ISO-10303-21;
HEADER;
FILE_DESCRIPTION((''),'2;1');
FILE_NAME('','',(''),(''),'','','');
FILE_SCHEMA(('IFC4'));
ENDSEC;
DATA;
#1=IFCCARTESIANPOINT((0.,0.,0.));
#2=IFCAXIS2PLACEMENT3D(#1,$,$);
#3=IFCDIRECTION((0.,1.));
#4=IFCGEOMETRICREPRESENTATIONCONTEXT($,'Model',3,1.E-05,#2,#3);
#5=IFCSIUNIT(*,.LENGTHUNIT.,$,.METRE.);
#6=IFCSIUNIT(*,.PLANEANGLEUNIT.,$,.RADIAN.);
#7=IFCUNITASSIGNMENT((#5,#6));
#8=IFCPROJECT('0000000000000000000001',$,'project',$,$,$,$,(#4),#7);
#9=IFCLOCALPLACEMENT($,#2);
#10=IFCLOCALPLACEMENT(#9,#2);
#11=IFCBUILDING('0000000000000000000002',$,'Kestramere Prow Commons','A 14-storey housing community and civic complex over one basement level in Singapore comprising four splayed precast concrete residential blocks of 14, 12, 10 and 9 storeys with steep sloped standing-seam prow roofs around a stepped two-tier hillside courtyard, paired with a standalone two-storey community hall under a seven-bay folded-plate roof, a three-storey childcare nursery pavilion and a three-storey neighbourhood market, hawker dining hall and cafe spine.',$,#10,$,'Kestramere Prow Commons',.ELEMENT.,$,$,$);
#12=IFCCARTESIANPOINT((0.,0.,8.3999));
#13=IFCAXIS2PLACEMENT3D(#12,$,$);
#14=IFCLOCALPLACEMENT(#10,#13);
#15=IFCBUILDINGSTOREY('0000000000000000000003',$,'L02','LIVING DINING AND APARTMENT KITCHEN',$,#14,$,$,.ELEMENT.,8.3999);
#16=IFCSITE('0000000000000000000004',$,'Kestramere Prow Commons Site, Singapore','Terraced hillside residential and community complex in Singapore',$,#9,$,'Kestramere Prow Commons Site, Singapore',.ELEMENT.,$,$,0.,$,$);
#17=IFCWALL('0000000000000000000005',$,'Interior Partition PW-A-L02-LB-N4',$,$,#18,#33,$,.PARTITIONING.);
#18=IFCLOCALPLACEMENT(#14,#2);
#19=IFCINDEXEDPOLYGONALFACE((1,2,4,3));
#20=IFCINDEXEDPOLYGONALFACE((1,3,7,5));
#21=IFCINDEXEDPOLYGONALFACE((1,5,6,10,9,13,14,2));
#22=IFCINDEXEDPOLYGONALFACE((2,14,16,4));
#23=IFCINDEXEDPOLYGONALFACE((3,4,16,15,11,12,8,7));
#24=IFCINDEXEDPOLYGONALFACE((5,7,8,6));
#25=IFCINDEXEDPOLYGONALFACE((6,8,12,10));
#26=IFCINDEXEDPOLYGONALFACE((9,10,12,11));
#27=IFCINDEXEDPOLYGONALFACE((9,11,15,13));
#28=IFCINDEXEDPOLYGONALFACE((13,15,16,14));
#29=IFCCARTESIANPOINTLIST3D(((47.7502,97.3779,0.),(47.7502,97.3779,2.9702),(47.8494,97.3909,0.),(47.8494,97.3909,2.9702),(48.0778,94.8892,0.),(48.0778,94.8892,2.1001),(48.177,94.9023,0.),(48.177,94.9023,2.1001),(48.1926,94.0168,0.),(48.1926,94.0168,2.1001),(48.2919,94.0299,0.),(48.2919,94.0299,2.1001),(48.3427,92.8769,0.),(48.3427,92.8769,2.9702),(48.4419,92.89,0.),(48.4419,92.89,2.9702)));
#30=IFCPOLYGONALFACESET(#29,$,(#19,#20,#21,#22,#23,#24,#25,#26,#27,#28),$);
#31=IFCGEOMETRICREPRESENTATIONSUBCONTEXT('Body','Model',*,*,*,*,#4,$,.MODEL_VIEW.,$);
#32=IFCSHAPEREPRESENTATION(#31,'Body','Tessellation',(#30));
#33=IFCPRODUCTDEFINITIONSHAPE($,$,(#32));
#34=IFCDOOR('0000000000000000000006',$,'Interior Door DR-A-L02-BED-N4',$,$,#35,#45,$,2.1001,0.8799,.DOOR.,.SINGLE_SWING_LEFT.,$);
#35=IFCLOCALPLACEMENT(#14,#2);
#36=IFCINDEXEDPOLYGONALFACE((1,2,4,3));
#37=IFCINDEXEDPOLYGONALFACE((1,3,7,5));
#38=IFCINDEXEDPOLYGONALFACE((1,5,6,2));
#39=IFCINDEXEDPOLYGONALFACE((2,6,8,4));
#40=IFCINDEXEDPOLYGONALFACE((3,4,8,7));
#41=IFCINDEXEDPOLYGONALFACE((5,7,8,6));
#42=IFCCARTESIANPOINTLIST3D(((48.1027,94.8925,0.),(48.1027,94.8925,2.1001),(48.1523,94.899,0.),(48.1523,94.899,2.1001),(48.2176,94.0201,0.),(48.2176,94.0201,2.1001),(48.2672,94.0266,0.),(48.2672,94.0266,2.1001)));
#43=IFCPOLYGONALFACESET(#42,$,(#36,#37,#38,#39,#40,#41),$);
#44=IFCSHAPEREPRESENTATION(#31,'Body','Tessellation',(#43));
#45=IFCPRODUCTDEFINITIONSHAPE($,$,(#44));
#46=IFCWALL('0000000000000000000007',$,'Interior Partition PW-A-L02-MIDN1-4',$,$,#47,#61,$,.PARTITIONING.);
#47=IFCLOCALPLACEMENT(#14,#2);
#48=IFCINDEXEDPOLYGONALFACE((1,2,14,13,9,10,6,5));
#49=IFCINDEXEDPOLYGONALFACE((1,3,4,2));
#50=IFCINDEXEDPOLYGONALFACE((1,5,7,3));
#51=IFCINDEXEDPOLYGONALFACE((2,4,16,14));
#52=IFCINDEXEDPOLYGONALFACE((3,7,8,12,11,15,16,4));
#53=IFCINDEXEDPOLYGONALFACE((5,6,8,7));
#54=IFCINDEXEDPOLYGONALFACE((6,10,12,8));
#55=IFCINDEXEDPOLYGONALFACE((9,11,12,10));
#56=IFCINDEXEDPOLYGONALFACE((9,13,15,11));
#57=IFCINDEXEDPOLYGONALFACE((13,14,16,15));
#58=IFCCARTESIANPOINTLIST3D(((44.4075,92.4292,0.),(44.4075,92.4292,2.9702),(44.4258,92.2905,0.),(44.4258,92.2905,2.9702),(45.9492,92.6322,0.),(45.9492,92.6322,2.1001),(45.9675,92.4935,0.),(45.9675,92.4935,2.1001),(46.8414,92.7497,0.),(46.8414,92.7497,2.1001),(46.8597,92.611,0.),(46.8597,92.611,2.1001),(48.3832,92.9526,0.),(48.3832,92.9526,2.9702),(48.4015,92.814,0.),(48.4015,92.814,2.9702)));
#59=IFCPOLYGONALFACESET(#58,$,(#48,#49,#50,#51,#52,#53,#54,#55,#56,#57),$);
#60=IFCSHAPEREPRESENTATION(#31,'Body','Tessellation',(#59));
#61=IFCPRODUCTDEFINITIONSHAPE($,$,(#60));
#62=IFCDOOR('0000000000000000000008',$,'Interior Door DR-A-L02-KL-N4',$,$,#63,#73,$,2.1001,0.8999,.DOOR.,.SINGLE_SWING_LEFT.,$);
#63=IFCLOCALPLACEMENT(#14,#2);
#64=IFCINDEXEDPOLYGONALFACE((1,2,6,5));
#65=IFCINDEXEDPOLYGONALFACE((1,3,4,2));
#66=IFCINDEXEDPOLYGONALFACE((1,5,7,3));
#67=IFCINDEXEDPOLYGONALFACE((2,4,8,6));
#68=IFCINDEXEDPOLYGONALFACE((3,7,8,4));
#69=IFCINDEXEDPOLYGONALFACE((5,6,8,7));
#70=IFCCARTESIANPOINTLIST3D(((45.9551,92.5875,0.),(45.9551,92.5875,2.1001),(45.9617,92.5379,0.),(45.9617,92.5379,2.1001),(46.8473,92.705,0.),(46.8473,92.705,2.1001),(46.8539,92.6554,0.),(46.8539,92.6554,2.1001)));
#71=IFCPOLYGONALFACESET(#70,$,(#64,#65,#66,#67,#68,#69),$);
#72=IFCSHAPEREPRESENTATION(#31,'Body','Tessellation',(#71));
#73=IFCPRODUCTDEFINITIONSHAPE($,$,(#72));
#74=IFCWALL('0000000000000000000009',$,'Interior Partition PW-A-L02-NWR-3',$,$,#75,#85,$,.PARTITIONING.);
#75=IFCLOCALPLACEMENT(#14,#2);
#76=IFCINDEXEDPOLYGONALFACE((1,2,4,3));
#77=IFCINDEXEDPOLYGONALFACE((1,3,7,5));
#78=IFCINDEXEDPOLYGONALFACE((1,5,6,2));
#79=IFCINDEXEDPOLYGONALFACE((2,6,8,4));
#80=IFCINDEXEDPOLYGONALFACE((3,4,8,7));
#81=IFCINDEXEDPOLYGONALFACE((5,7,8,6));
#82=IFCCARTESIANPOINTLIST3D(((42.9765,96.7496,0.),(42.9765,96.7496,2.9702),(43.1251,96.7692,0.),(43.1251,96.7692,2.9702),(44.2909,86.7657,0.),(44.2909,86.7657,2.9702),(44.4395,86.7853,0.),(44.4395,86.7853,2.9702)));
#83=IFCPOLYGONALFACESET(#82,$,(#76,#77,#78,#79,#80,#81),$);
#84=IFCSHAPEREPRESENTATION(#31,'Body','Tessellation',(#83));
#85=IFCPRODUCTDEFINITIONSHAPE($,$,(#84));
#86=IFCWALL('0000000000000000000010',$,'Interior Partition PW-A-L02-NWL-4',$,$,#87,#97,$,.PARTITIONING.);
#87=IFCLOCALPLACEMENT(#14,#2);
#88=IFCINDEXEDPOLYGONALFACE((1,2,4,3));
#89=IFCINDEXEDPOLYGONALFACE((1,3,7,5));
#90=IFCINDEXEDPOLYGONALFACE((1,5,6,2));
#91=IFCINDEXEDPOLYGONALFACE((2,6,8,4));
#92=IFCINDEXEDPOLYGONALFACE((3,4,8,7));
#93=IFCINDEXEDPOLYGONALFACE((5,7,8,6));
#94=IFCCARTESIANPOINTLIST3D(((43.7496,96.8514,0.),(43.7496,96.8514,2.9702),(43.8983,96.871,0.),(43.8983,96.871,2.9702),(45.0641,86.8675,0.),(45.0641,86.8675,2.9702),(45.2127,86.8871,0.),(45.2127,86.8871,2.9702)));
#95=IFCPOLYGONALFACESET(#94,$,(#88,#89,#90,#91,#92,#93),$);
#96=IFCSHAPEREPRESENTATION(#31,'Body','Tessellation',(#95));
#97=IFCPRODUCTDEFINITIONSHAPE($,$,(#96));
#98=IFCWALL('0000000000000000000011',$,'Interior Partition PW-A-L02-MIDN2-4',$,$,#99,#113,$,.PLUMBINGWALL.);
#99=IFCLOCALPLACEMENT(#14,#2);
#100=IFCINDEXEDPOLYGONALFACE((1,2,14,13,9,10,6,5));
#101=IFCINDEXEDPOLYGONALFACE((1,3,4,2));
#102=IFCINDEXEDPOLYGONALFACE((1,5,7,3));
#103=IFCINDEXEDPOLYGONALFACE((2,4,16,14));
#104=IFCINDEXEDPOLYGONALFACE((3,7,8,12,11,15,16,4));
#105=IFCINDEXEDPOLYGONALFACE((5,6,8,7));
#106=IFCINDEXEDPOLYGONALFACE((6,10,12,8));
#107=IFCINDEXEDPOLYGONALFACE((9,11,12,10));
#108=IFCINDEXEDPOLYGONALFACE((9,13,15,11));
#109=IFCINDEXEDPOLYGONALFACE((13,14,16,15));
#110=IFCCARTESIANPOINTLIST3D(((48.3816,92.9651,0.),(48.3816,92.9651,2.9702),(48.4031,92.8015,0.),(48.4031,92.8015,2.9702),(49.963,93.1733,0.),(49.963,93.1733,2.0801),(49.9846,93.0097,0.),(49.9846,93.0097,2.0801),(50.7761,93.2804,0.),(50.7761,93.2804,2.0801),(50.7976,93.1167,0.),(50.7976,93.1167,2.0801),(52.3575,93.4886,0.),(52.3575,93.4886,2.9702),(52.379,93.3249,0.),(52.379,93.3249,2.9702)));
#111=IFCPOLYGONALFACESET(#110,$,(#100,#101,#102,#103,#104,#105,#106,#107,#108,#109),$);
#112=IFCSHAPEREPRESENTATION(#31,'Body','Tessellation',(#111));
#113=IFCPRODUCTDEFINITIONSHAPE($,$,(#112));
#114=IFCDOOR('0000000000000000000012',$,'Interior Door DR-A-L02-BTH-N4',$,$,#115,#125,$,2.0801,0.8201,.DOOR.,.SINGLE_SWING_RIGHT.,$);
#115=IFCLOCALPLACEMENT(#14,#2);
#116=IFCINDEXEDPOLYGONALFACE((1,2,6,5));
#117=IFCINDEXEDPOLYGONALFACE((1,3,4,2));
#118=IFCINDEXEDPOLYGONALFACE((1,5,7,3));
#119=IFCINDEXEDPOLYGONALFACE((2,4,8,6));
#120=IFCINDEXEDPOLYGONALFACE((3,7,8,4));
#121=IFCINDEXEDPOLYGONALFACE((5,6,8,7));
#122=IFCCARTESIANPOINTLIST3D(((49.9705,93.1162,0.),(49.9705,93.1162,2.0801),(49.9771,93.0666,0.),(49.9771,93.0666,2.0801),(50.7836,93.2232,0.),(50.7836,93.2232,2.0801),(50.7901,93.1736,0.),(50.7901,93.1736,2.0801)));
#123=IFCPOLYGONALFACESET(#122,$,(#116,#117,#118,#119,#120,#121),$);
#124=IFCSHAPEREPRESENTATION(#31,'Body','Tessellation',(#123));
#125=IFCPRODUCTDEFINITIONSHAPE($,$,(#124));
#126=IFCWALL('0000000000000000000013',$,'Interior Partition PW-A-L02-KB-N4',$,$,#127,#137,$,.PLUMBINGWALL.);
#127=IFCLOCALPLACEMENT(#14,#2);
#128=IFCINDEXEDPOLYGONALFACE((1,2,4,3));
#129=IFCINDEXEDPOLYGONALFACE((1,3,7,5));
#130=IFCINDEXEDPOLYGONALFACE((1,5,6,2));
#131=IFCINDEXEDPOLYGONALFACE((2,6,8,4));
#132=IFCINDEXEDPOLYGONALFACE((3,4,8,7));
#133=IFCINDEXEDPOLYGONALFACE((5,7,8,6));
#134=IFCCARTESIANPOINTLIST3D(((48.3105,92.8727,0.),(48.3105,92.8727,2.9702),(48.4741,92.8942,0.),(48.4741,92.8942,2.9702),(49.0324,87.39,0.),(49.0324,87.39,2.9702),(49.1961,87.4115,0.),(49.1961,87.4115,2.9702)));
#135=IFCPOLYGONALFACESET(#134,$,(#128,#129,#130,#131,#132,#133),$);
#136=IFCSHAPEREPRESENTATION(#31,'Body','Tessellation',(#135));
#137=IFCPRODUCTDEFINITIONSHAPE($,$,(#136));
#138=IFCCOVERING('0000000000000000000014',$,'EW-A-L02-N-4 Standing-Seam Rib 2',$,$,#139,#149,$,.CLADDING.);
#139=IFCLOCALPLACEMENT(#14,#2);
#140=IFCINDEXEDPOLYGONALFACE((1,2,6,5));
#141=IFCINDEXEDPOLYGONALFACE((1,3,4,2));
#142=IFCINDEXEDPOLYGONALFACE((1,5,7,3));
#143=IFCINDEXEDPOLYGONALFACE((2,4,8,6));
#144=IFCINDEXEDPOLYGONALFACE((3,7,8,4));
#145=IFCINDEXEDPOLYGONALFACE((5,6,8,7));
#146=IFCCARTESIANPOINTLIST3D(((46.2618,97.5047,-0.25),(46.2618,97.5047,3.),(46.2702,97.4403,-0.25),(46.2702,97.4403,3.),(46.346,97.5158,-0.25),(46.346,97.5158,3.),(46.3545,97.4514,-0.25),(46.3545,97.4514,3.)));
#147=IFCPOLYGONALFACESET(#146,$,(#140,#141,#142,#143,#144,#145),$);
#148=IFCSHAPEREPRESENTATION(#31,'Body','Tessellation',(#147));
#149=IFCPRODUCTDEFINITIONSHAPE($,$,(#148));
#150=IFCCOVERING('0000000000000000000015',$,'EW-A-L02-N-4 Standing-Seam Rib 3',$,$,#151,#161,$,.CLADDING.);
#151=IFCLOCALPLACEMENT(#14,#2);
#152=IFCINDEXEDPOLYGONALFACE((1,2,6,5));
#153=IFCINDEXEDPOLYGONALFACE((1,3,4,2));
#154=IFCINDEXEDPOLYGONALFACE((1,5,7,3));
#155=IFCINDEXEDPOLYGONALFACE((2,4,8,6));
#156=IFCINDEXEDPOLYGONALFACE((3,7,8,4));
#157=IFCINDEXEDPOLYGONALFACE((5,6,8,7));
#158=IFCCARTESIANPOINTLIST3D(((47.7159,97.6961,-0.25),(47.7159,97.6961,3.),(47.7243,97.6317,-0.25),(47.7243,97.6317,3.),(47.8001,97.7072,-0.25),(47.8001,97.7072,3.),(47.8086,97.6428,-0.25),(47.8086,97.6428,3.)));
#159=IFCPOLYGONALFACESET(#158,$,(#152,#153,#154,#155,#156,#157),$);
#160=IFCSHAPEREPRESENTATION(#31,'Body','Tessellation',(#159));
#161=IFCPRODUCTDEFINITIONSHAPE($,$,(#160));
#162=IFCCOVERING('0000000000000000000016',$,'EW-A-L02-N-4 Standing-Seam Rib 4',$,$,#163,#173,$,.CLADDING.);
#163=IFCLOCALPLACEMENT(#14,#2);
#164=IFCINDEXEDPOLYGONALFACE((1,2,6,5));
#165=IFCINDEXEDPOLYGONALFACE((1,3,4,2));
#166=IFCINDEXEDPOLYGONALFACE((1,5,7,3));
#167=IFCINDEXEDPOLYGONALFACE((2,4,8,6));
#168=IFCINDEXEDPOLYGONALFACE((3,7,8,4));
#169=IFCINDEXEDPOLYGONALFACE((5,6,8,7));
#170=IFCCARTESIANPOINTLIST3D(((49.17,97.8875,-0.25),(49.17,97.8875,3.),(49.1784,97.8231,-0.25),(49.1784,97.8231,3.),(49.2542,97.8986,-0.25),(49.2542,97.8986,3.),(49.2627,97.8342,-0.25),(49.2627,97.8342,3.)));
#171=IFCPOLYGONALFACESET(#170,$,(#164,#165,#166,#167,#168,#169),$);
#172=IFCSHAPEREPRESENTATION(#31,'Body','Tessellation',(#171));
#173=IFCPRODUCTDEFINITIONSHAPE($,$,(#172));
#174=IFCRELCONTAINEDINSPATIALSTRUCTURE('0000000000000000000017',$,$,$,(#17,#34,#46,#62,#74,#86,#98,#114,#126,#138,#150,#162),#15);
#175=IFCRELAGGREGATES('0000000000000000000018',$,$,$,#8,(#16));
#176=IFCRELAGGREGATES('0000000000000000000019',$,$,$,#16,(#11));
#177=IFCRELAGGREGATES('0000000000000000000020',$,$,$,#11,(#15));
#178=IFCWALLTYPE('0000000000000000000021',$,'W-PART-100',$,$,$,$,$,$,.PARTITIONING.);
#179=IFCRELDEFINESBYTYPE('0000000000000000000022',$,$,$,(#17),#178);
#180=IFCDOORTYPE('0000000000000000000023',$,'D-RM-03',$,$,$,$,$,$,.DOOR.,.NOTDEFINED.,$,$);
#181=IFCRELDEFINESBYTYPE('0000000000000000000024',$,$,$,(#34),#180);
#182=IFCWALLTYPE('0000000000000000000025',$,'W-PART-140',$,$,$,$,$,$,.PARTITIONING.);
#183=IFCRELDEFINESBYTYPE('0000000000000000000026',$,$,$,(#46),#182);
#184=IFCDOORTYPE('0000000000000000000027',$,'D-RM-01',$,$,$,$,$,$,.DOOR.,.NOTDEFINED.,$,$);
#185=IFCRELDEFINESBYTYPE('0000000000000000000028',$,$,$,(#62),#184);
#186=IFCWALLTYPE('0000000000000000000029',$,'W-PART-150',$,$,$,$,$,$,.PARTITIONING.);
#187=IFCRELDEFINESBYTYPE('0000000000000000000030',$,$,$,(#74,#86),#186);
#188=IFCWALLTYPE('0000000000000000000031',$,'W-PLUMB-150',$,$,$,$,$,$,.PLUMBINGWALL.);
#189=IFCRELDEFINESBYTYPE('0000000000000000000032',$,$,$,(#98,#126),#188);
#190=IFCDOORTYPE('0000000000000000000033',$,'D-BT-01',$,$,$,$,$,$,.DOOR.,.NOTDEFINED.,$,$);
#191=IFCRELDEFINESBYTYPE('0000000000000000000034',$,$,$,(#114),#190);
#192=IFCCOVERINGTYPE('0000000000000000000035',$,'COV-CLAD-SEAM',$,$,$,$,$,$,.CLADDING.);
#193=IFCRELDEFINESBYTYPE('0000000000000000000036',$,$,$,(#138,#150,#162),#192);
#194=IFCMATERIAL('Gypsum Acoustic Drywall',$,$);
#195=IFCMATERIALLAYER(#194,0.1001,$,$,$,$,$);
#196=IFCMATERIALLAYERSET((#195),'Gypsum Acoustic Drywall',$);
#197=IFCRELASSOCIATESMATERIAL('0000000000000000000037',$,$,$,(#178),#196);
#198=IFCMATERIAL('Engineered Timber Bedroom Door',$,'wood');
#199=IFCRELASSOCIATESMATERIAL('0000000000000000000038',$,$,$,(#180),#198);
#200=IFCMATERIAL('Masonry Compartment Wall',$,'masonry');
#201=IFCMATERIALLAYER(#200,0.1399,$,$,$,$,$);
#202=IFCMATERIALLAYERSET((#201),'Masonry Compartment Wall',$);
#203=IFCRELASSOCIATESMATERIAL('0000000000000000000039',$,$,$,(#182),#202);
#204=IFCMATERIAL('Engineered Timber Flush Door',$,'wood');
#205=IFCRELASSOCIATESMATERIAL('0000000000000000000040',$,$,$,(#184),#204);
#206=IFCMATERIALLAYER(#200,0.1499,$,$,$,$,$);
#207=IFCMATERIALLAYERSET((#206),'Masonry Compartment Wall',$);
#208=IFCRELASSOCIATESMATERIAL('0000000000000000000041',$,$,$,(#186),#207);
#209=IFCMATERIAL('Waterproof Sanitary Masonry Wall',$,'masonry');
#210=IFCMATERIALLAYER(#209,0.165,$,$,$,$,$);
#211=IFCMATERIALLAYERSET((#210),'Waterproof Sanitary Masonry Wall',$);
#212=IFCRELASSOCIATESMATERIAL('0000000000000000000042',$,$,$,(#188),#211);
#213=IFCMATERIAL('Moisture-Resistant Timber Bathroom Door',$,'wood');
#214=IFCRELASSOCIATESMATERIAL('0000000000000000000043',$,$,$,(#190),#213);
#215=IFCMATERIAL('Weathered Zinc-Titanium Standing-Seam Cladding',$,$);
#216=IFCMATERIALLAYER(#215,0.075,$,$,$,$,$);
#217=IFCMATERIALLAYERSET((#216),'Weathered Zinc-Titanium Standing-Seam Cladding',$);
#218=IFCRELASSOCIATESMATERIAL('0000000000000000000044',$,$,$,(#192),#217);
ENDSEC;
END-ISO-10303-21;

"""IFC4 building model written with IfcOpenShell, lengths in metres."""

from ifc_helpers import new_model, si_unit, direction, frame, frame_2d, origin, origin_2d, place, context, subcontext, project, spatial, rectangle, extrude, material, layer, layer_set, type_object, element, fill, save


model = new_model("IFC4")

# Units and contexts
model_context = context("Model", 3, precision=1e-05, world=origin(), true_north=direction((0.0, 1.0)))
body_context = subcontext(model_context, "Body", "Model", "MODEL_VIEW")
ifc_project = project(units=[si_unit("LENGTHUNIT", "METRE"), si_unit("PLANEANGLEUNIT", "RADIAN")], contexts=[model_context])

# Site, building, storey
site_placement = place(None, origin())
site = spatial("IfcSite", under=ifc_project, at=site_placement, Name="Kestramere Prow Commons Site, Singapore", Description="Terraced hillside residential and community complex in Singapore", LongName="Kestramere Prow Commons Site, Singapore", CompositionType="ELEMENT", RefElevation=0.0)
building_placement = place(site_placement, origin())
building = spatial("IfcBuilding", under=site, at=building_placement, Name="Kestramere Prow Commons", Description="A 14-storey housing community and civic complex over one basement level in Singapore comprising four splayed precast concrete residential blocks of 14, 12, 10 and 9 storeys with steep sloped standing-seam prow roofs around a stepped two-tier hillside courtyard, paired with a standalone two-storey community hall under a seven-bay folded-plate roof, a three-storey childcare nursery pavilion and a three-storey neighbourhood market, hawker dining hall and cafe spine.", LongName="Kestramere Prow Commons", CompositionType="ELEMENT")
storey_placement = place(building_placement, frame((0.0, 0.0, 8.3999)))
storey = spatial("IfcBuildingStorey", under=building, at=storey_placement, Name="L02", Description="LIVING DINING AND APARTMENT KITCHEN", CompositionType="ELEMENT", Elevation=8.3999)

# Walls, openings, doors
ifc_material_1 = material(Name="Gypsum Acoustic Drywall")
ifc_layer_1 = layer(ifc_material_1, 0.1001)
ifc_layer_set_1 = layer_set([ifc_layer_1], Name="Gypsum Acoustic Drywall")
wall_type_1 = type_object("IfcWallType", Name="W-PART-100", PredefinedType="PARTITIONING", material=ifc_layer_set_1)
wall_1_placement = place(storey_placement, frame((48.3923, 92.8833, 0.0), z_axis=(0.0, 0.0, 1.0), x_axis=(-0.130519, 0.991446, 0.0)))
wall_1 = element("IfcWall", 1, at=wall_1_placement, inside=storey, type_object=wall_type_1, Name="Interior Partition PW-A-L02-LB-N4", PredefinedType="PARTITIONING", context=body_context, shape_type="SweptSolid", body=[
    extrude(rectangle(XDim=4.5398, YDim=0.1001, at=frame_2d((2.27, 0.0))), origin(), (0.0, 0.0, 1.0), 2.9702),
])
opening_1_placement = place(wall_1_placement, frame((1.1499, 0.0, 0.0)))
opening_1 = element("IfcOpeningElement", 2, at=opening_1_placement, cuts=wall_1, PredefinedType="OPENING", context=body_context, shape_type="SweptSolid", body=[
    extrude(rectangle(XDim=0.8799, YDim=2.1001, at=frame_2d((0.4399, 1.05))), frame((0.0, 0.0649, 0.0), z_axis=(0.0, -1.0, 0.0), x_axis=(1.0, 0.0, 0.0)), (0.0, 0.0, 1.0), 0.1301),
])
ifc_material_2 = material(Name="Engineered Timber Bedroom Door", Category="wood")
door_type_1 = type_object("IfcDoorType", Name="D-RM-03", OperationType="NOTDEFINED", PredefinedType="DOOR", material=ifc_material_2)
door_1_placement = place(opening_1_placement, origin())
door_1 = element("IfcDoor", 3, at=door_1_placement, inside=storey, type_object=door_type_1, Name="Interior Door DR-A-L02-BED-N4", OperationType="SINGLE_SWING_LEFT", OverallHeight=2.1001, OverallWidth=0.8799, PredefinedType="DOOR", context=body_context, shape_type="SweptSolid", body=[
    extrude(rectangle(XDim=0.8799, YDim=2.1001, at=frame_2d((0.4399, 1.05))), frame((0.0, 0.0249, 0.0), z_axis=(0.0, -1.0, 0.0), x_axis=(1.0, 0.0, 0.0)), (0.0, 0.0, 1.0), 0.05),
])
fill(opening_1, door_1)
ifc_material_3 = material(Name="Masonry Compartment Wall", Category="masonry")
ifc_layer_2 = layer(ifc_material_3, 0.1399)
ifc_layer_set_2 = layer_set([ifc_layer_2], Name="Masonry Compartment Wall")
wall_type_2 = type_object("IfcWallType", Name="W-PART-140", PredefinedType="PARTITIONING", material=ifc_layer_set_2)
wall_2_placement = place(storey_placement, frame((44.4167, 92.3599, 0.0), z_axis=(0.0, 0.0, 1.0), x_axis=(0.991444, 0.130536, 0.0)))
wall_2 = element("IfcWall", 4, at=wall_2_placement, inside=storey, type_object=wall_type_2, Name="Interior Partition PW-A-L02-MIDN1-4", PredefinedType="PARTITIONING", context=body_context, shape_type="SweptSolid", body=[
    extrude(rectangle(XDim=4.01, YDim=0.1399, at=frame_2d((2.0049, 0.0))), origin(), (0.0, 0.0, 1.0), 2.9702),
])
opening_2_placement = place(wall_2_placement, frame((1.5549, 0.0, 0.0)))
opening_2 = element("IfcOpeningElement", 5, at=opening_2_placement, cuts=wall_2, PredefinedType="OPENING", context=body_context, shape_type="SweptSolid", body=[
    extrude(rectangle(XDim=0.8999, YDim=2.1001, at=frame_2d((0.45, 1.05))), frame((0.0, 0.085, 0.0), z_axis=(0.0, -1.0, 0.0), x_axis=(1.0, 0.0, 0.0)), (0.0, 0.0, 1.0), 0.1699),
])
ifc_material_4 = material(Name="Engineered Timber Flush Door", Category="wood")
door_type_2 = type_object("IfcDoorType", Name="D-RM-01", OperationType="NOTDEFINED", PredefinedType="DOOR", material=ifc_material_4)
door_2_placement = place(opening_2_placement, origin())
door_2 = element("IfcDoor", 6, at=door_2_placement, inside=storey, type_object=door_type_2, Name="Interior Door DR-A-L02-KL-N4", OperationType="SINGLE_SWING_LEFT", OverallHeight=2.1001, OverallWidth=0.8999, PredefinedType="DOOR", context=body_context, shape_type="SweptSolid", body=[
    extrude(rectangle(XDim=0.8999, YDim=2.1001, at=frame_2d((0.45, 1.05))), frame((0.0, 0.0249, 0.0), z_axis=(0.0, -1.0, 0.0), x_axis=(1.0, 0.0, 0.0)), (0.0, 0.0, 1.0), 0.05),
])
fill(opening_2, door_2)

# Walls
ifc_layer_3 = layer(ifc_material_3, 0.1499)
ifc_layer_set_3 = layer_set([ifc_layer_3], Name="Masonry Compartment Wall")
wall_type_3 = type_object("IfcWallType", Name="W-PART-150", PredefinedType="PARTITIONING", material=ifc_layer_set_3)
for number, where, z_axis, x_axis, name in (
    (7, (44.3652, 86.7754, 0.0), (0.0, 0.0, 1.0), (-0.130531, 0.991444, 0.0), "Interior Partition PW-A-L02-NWR-3"),
    (8, (45.1384, 86.8772, 0.0), (0.0, 0.0, 1.0), (-0.130531, 0.991444, 0.0), "Interior Partition PW-A-L02-NWL-4"),
):
    element("IfcWall", number, at=place(storey_placement, frame(where, z_axis=z_axis, x_axis=x_axis)), inside=storey, type_object=wall_type_3, Name=name, PredefinedType="PARTITIONING", context=body_context, shape_type="SweptSolid", body=[
        extrude(rectangle(XDim=10.0701, YDim=0.1499, at=frame_2d((5.0352, 0.0))), origin(), (0.0, 0.0, 1.0), 2.9702),
    ])

# Wall, opening, door
ifc_material_5 = material(Name="Waterproof Sanitary Masonry Wall", Category="masonry")
ifc_layer_4 = layer(ifc_material_5, 0.165)
ifc_layer_set_4 = layer_set([ifc_layer_4], Name="Waterproof Sanitary Masonry Wall")
wall_type_4 = type_object("IfcWallType", Name="W-PLUMB-150", PredefinedType="PLUMBINGWALL", material=ifc_layer_set_4)
wall_3_placement = place(storey_placement, frame((48.3923, 92.8833, 0.0), z_axis=(0.0, 0.0, 1.0), x_axis=(0.991445, 0.130529, 0.0)))
wall_3 = element("IfcWall", 9, at=wall_3_placement, inside=storey, type_object=wall_type_4, Name="Interior Partition PW-A-L02-MIDN2-4", PredefinedType="PLUMBINGWALL", context=body_context, shape_type="SweptSolid", body=[
    extrude(rectangle(XDim=4.0103, YDim=0.165, at=frame_2d((2.0051, 0.0))), origin(), (0.0, 0.0, 1.0), 2.9702),
])
opening_3_placement = place(wall_3_placement, frame((1.595, 0.0, 0.0)))
opening_3 = element("IfcOpeningElement", 10, at=opening_3_placement, cuts=wall_3, PredefinedType="OPENING", context=body_context, shape_type="SweptSolid", body=[
    extrude(rectangle(XDim=0.8201, YDim=2.0801, at=frame_2d((0.4102, 1.04))), frame((0.0, 0.0974, 0.0), z_axis=(0.0, -1.0, 0.0), x_axis=(1.0, 0.0, 0.0)), (0.0, 0.0, 1.0), 0.1951),
])
ifc_material_6 = material(Name="Moisture-Resistant Timber Bathroom Door", Category="wood")
door_type_3 = type_object("IfcDoorType", Name="D-BT-01", OperationType="NOTDEFINED", PredefinedType="DOOR", material=ifc_material_6)
door_3_placement = place(opening_3_placement, origin())
door_3 = element("IfcDoor", 11, at=door_3_placement, inside=storey, type_object=door_type_3, Name="Interior Door DR-A-L02-BTH-N4", OperationType="SINGLE_SWING_RIGHT", OverallHeight=2.0801, OverallWidth=0.8201, PredefinedType="DOOR", context=body_context, shape_type="SweptSolid", body=[
    extrude(rectangle(XDim=0.8201, YDim=2.0801, at=frame_2d((0.4102, 1.04))), frame((0.0, 0.0249, 0.0), z_axis=(0.0, -1.0, 0.0), x_axis=(1.0, 0.0, 0.0)), (0.0, 0.0, 1.0), 0.05),
])
fill(opening_3, door_3)

# Wall
wall_4_placement = place(storey_placement, frame((49.1143, 87.4006, 0.0), z_axis=(0.0, 0.0, 1.0), x_axis=(-0.130547, 0.991442, 0.0)))
element("IfcWall", 12, at=wall_4_placement, inside=storey, type_object=wall_type_4, Name="Interior Partition PW-A-L02-KB-N4", PredefinedType="PLUMBINGWALL", context=body_context, shape_type="SweptSolid", body=[
    extrude(rectangle(XDim=5.53, YDim=0.165, at=frame_2d((2.7651, 0.0))), origin(), (0.0, 0.0, 1.0), 2.9702),
])

# Coverings
ifc_material_7 = material(Name="Weathered Zinc-Titanium Standing-Seam Cladding")
ifc_layer_5 = layer(ifc_material_7, 0.075)
ifc_layer_set_5 = layer_set([ifc_layer_5], Name="Weathered Zinc-Titanium Standing-Seam Cladding")
covering_type = type_object("IfcCoveringType", Name="COV-CLAD-SEAM", PredefinedType="CLADDING", material=ifc_layer_set_5)
for number, where, z_axis, x_axis, name in (
    (13, (46.3081, 97.478, -0.25), (0.0, 0.0, 1.0), (0.991445, 0.130526, 0.0), "EW-A-L02-N-4 Standing-Seam Rib 2"),
    (14, (47.7622, 97.6694, -0.25), (0.0, 0.0, 1.0), (0.991445, 0.130526, 0.0), "EW-A-L02-N-4 Standing-Seam Rib 3"),
    (15, (49.2163, 97.8608, -0.25), (0.0, 0.0, 1.0), (0.991445, 0.130526, 0.0), "EW-A-L02-N-4 Standing-Seam Rib 4"),
):
    element("IfcCovering", number, at=place(storey_placement, frame(where, z_axis=z_axis, x_axis=x_axis)), inside=storey, type_object=covering_type, Name=name, PredefinedType="CLADDING", context=body_context, shape_type="SweptSolid", body=[
        extrude(rectangle(XDim=0.085, YDim=0.0649, at=origin_2d()), origin(), (0.0, 0.0, 1.0), 3.25),
    ])

save(model, "model.ifc")
